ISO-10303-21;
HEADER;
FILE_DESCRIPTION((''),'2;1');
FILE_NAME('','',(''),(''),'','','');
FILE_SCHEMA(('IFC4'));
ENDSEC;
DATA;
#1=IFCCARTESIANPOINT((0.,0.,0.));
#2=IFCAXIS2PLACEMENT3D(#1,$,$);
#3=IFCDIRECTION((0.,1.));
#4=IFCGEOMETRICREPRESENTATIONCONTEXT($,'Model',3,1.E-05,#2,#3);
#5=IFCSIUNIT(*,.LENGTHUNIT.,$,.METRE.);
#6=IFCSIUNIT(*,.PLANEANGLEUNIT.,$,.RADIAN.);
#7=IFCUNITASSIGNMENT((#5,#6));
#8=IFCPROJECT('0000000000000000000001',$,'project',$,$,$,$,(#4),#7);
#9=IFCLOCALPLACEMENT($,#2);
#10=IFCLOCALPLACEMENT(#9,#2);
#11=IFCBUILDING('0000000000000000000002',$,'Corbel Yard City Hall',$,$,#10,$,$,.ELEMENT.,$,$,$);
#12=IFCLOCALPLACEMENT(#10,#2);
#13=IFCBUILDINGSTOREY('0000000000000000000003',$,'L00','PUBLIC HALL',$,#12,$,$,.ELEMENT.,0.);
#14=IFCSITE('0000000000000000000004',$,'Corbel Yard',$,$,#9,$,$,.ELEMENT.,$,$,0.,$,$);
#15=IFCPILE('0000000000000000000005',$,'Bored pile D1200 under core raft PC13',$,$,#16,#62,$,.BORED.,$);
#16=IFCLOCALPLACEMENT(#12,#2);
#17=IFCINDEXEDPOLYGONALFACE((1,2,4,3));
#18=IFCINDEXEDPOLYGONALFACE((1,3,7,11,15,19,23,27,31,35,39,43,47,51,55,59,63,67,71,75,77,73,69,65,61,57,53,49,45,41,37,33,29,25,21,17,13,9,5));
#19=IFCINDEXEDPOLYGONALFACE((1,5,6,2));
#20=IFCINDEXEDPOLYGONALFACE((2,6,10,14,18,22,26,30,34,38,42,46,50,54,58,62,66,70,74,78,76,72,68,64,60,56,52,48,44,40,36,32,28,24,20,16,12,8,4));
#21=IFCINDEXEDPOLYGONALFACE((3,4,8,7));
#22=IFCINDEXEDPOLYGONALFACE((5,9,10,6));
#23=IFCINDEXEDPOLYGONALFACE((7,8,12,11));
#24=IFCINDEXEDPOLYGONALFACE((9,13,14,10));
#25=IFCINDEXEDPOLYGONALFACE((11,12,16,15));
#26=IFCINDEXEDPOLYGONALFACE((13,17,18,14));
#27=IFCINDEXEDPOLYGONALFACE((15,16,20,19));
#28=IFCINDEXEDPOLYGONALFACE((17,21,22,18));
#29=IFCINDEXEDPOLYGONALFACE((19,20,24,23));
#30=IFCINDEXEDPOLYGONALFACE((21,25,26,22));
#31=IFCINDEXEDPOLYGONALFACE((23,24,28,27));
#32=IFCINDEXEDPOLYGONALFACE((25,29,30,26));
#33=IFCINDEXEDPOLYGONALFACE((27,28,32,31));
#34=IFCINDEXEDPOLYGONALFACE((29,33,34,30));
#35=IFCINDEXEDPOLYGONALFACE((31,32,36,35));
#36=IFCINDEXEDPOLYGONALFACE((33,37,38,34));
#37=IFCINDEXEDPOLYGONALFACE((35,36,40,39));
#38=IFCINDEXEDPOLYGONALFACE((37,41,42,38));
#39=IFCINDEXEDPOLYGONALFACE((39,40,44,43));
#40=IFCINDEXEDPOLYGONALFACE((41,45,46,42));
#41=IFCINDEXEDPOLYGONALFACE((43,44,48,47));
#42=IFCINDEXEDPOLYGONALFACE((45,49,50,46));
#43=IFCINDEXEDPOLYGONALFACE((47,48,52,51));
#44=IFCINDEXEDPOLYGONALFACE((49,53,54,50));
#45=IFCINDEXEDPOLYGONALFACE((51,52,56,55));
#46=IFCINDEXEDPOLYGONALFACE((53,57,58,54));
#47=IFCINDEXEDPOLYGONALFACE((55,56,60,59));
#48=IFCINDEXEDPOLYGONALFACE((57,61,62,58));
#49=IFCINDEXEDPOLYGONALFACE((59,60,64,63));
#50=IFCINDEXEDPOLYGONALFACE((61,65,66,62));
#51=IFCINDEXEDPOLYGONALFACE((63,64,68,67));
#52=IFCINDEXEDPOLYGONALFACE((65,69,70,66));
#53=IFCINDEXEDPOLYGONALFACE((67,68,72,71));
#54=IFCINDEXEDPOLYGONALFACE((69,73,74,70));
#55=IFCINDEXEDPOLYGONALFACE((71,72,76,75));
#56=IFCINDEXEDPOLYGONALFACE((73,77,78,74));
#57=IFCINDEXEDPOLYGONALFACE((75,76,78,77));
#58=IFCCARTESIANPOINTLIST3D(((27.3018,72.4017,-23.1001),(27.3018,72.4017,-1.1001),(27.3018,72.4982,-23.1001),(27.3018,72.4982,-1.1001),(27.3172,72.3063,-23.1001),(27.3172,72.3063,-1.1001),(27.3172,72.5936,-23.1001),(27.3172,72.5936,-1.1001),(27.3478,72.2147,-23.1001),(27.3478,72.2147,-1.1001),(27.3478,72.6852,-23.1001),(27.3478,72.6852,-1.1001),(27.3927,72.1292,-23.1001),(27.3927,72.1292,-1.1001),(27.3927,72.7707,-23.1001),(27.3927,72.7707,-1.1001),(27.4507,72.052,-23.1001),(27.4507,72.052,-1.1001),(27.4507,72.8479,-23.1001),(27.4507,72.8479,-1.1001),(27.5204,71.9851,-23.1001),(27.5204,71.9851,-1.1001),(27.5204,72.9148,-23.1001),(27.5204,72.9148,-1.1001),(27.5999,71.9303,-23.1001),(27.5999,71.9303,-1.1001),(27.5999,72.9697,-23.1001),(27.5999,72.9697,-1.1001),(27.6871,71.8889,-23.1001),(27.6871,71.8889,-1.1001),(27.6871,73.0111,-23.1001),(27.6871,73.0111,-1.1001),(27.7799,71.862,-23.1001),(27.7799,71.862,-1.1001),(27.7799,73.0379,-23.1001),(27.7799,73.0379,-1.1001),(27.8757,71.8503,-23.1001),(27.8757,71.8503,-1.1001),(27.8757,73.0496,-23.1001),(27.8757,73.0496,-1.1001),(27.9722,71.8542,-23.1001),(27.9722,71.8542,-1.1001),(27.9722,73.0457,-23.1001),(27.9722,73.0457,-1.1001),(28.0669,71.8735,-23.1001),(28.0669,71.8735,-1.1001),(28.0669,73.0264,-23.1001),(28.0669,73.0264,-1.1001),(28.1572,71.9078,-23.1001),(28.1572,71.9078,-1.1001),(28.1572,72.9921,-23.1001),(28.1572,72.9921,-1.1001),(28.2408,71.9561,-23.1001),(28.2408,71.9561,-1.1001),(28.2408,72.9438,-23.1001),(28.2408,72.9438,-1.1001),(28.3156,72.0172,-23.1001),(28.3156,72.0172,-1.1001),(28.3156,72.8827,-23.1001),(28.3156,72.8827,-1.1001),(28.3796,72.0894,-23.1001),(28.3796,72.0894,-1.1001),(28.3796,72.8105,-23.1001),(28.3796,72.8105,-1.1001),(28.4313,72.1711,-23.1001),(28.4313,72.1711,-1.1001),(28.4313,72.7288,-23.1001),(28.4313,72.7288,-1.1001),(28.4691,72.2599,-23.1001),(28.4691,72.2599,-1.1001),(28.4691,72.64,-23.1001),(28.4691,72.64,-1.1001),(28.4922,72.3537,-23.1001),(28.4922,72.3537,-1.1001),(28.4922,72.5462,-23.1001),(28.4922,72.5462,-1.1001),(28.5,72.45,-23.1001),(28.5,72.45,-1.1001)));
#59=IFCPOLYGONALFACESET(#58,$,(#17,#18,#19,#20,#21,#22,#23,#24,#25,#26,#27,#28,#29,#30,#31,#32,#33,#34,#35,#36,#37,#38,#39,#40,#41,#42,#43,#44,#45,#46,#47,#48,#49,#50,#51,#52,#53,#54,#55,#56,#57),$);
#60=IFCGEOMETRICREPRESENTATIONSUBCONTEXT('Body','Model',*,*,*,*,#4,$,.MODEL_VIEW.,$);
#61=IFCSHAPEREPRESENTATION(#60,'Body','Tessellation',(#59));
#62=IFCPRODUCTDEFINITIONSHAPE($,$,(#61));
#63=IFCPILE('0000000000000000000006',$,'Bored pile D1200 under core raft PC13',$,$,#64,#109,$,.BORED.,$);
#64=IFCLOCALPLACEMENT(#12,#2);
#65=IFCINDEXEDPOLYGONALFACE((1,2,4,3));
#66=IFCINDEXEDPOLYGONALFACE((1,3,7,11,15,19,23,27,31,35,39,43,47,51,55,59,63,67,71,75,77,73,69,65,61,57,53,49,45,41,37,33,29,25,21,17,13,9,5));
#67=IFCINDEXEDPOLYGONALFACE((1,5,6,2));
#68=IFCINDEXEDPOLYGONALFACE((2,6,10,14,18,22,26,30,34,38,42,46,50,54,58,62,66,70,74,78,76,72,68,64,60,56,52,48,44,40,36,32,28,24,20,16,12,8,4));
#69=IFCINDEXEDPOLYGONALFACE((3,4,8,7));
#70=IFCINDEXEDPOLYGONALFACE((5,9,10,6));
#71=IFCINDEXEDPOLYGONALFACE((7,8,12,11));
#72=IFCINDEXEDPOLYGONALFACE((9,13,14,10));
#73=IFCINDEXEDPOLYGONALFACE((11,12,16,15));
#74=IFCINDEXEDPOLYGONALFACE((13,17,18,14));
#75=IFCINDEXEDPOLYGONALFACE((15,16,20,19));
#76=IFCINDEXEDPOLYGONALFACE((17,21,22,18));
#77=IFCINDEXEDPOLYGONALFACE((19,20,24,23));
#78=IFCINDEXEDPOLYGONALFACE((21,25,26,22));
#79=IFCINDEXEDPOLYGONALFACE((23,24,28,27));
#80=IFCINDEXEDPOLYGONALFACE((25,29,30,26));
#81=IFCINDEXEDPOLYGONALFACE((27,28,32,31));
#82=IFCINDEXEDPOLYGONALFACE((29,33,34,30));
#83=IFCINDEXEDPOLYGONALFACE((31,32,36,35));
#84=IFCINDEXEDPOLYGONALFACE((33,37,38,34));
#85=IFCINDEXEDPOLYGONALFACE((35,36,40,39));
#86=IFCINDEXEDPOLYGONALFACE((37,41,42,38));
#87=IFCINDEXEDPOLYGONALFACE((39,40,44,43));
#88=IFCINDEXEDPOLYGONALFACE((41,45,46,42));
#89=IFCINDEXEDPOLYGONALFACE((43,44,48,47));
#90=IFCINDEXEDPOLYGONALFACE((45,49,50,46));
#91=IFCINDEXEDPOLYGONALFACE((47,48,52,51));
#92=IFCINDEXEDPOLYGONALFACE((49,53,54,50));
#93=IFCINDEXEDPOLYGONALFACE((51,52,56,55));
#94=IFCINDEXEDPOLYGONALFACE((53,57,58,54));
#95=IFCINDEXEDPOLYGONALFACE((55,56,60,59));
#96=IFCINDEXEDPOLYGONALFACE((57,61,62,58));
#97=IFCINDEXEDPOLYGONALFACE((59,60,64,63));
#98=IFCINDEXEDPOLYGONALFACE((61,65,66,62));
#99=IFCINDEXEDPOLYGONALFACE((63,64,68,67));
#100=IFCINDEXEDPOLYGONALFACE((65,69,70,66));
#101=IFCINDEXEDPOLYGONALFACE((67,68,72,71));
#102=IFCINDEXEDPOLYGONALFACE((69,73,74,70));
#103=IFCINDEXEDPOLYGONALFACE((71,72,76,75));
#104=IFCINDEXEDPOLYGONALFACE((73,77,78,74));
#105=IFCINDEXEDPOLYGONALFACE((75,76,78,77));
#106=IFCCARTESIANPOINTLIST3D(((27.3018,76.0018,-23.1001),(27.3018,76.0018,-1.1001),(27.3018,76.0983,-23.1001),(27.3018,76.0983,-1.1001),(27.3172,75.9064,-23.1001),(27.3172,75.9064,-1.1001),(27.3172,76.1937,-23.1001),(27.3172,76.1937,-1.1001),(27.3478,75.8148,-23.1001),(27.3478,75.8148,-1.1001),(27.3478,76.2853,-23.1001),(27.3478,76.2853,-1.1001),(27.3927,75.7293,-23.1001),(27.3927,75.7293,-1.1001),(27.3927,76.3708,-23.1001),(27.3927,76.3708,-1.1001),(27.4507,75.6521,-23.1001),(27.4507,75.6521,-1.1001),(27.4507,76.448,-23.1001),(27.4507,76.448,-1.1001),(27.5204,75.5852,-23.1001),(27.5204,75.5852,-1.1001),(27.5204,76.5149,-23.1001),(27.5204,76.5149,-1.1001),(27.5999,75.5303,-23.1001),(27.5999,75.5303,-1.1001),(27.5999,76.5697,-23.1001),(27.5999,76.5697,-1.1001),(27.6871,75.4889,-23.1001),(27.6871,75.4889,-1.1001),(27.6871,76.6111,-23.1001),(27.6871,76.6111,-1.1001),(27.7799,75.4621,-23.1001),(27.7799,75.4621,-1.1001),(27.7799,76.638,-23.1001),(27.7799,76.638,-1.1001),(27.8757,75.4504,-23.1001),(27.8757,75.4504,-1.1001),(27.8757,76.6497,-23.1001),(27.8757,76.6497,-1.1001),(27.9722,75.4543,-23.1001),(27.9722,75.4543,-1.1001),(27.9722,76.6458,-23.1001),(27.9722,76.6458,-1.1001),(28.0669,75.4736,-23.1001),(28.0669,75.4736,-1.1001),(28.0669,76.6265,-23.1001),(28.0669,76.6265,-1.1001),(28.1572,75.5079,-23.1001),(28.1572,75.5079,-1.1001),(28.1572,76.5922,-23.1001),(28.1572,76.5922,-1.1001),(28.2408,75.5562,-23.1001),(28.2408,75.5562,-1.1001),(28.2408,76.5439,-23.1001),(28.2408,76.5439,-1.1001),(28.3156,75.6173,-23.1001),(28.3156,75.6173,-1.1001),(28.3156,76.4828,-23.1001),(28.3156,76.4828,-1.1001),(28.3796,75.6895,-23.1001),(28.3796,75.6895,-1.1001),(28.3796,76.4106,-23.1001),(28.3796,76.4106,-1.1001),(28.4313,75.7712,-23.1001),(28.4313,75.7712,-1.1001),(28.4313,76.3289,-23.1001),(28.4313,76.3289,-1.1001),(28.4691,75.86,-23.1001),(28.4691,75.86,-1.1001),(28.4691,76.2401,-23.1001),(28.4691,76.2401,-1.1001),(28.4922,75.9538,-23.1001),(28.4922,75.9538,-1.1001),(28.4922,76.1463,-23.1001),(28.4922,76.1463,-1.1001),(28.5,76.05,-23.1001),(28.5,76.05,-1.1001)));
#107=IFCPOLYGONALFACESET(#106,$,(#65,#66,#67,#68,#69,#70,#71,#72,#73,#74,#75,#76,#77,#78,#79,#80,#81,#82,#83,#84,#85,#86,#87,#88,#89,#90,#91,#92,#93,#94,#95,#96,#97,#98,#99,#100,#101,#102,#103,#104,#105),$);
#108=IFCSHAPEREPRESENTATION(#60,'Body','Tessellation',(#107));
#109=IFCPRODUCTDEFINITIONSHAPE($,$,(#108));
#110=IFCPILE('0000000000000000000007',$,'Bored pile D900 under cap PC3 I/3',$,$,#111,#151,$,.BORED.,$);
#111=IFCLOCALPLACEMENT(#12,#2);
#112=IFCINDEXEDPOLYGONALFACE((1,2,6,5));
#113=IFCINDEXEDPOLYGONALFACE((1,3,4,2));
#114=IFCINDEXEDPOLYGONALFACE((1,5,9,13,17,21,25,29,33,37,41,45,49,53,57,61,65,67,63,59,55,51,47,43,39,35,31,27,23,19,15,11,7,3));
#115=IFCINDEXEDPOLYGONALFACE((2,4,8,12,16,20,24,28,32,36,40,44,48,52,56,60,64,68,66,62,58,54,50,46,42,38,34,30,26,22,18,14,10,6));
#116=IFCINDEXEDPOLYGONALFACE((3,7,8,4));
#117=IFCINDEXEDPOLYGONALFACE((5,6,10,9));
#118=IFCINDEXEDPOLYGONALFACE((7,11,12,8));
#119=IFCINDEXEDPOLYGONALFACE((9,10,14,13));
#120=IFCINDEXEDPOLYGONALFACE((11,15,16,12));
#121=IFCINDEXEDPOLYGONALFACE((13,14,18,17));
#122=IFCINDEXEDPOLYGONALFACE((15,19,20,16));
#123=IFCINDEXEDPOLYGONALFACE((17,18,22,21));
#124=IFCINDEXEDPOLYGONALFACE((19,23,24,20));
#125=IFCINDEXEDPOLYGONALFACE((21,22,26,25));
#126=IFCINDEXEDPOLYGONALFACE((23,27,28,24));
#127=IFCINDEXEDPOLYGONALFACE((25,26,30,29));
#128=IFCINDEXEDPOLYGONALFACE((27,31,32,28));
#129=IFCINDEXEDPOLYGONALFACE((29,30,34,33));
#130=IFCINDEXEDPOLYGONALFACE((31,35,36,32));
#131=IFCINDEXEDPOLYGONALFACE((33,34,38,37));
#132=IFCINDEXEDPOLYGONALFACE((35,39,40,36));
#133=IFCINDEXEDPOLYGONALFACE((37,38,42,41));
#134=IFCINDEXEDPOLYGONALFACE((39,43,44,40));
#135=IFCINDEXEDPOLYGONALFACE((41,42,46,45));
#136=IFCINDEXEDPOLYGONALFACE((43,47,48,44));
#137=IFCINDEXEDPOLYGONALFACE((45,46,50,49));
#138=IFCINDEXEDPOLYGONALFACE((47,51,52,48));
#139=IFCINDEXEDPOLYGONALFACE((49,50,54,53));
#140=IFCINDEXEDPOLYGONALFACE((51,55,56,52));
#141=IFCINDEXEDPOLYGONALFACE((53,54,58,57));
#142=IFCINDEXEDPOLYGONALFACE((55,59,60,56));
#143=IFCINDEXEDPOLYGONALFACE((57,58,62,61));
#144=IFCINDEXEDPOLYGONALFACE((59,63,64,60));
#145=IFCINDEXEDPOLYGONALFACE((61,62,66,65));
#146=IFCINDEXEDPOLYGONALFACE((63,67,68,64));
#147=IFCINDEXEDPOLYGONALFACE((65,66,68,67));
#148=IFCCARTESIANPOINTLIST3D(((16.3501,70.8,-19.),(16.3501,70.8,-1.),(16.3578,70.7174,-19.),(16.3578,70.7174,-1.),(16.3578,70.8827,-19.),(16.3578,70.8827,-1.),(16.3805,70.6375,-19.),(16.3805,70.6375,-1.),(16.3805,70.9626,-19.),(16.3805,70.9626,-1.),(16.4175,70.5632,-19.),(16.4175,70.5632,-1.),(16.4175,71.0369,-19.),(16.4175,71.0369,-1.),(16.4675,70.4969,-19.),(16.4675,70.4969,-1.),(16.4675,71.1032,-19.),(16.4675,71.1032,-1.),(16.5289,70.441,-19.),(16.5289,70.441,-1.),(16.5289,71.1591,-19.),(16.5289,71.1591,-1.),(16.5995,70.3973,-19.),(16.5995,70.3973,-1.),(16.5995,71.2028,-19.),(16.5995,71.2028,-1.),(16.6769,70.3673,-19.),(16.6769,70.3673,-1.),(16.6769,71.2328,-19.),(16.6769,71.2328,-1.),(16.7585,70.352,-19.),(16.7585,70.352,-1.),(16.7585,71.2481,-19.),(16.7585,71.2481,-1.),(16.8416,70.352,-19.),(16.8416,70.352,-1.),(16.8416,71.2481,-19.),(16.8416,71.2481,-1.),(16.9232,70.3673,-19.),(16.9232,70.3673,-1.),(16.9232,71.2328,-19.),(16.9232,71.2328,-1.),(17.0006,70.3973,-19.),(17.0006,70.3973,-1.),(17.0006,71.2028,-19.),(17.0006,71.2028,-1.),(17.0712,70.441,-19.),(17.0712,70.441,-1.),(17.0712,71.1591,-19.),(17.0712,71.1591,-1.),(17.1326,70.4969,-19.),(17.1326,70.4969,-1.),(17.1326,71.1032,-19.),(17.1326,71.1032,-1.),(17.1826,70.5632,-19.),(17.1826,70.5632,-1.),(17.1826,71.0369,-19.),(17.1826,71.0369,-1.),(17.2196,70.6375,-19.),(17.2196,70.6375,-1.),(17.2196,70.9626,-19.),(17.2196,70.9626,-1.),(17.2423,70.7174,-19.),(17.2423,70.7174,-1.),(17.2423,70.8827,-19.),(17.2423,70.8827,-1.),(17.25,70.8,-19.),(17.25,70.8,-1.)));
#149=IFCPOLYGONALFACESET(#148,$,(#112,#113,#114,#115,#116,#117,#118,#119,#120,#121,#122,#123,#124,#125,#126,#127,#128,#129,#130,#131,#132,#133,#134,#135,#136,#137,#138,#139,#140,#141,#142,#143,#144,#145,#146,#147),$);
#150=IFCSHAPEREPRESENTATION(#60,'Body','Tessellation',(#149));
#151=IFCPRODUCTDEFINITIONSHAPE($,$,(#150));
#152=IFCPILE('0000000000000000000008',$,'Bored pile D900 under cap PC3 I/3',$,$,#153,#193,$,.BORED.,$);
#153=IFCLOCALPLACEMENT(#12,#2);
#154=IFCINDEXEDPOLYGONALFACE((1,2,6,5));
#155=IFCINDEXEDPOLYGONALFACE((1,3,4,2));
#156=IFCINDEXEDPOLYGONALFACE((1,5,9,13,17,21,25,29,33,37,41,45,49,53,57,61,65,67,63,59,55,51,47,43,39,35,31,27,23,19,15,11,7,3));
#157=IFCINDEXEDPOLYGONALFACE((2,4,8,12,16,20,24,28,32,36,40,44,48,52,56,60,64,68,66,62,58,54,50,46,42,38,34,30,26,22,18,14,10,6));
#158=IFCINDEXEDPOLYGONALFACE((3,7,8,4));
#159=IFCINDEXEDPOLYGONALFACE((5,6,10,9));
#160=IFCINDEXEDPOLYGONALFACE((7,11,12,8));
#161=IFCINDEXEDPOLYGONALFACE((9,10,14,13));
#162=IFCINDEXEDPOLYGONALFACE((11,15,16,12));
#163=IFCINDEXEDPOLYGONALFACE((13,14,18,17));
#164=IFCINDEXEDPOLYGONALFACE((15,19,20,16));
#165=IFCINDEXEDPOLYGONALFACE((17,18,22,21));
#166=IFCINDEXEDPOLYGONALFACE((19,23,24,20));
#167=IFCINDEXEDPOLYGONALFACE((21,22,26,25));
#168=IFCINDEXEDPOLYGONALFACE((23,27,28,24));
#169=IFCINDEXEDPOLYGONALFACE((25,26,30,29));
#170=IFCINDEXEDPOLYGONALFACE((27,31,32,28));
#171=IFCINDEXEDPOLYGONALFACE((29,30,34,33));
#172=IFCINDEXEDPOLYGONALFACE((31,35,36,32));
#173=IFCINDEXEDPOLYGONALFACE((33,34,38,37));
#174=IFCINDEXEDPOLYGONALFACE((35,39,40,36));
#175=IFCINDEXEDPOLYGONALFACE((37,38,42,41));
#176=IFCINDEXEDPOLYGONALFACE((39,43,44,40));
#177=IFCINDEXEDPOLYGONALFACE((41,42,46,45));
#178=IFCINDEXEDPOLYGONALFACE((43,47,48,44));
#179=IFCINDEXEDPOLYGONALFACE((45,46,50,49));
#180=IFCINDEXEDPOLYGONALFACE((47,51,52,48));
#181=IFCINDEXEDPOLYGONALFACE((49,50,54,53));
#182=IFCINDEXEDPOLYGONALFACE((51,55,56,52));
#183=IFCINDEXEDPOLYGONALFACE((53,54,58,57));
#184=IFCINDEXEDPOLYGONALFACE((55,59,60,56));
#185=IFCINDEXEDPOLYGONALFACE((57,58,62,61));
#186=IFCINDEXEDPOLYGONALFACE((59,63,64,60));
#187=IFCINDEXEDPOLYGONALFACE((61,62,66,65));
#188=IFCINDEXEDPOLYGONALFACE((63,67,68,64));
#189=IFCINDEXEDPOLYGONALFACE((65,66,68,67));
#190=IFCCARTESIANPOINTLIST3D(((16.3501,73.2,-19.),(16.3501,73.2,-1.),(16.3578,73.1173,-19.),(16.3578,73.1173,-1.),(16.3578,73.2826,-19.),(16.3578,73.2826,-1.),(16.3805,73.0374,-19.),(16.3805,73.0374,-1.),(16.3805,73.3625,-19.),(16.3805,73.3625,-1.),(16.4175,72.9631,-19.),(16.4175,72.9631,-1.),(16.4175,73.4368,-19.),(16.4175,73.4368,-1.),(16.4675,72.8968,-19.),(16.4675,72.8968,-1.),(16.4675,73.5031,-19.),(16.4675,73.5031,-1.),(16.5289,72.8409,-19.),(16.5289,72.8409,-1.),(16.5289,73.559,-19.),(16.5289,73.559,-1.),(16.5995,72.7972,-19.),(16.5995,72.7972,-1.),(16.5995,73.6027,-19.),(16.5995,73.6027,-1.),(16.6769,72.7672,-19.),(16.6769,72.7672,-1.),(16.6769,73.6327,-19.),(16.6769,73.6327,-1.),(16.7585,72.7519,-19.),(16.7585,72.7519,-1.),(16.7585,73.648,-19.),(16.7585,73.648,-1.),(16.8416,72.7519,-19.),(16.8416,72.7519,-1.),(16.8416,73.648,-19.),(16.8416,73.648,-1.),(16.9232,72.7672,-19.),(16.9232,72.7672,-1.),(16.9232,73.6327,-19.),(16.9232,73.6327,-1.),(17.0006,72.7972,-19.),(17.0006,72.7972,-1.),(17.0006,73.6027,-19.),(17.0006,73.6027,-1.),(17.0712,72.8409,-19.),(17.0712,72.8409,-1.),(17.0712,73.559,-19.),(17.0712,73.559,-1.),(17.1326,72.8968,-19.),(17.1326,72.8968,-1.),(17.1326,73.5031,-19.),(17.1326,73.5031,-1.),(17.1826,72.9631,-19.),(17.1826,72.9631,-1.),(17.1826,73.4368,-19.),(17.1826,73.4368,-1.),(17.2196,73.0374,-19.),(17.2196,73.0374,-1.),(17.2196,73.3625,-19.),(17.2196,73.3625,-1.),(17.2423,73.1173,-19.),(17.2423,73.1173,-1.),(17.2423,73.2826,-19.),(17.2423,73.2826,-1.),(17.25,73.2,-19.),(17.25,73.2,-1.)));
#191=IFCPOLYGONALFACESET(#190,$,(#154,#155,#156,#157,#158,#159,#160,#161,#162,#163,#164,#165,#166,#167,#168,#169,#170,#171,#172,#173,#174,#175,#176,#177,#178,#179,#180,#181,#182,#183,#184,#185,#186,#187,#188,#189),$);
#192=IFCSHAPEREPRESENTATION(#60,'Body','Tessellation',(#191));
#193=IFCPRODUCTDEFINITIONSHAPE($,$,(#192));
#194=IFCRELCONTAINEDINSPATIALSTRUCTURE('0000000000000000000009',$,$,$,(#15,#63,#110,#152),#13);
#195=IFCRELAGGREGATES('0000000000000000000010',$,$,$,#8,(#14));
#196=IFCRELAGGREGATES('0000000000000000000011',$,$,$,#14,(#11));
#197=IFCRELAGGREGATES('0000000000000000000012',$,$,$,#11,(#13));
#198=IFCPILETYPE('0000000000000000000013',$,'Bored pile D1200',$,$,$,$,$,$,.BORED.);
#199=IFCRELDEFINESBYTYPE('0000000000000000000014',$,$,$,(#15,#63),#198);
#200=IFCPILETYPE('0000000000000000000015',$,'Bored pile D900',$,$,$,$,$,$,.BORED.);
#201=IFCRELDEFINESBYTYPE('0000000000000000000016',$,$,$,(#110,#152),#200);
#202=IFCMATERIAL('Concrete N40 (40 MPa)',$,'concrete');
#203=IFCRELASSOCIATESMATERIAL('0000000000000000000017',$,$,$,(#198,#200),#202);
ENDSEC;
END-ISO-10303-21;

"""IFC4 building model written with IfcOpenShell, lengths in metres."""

from ifc_helpers import new_model, si_unit, direction, frame, origin, origin_2d, place, context, subcontext, project, spatial, circle, extrude, material, material_profile, profile_set, type_object, element, save


model = new_model("IFC4")

# Units and contexts
model_context = context("Model", 3, precision=1e-05, world=origin(), true_north=direction((0.0, 1.0)))
body_context = subcontext(model_context, "Body", "Model", "MODEL_VIEW")
ifc_project = project(units=[si_unit("LENGTHUNIT", "METRE"), si_unit("PLANEANGLEUNIT", "RADIAN")], contexts=[model_context])

# Site, building, storey
site_placement = place(None, origin())
site = spatial("IfcSite", under=ifc_project, at=site_placement, Name="Corbel Yard", CompositionType="ELEMENT", RefElevation=0.0)
building_placement = place(site_placement, origin())
building = spatial("IfcBuilding", under=site, at=building_placement, Name="Corbel Yard City Hall", CompositionType="ELEMENT")
storey_placement = place(building_placement, origin())
storey = spatial("IfcBuildingStorey", under=building, at=storey_placement, Name="L00", Description="PUBLIC HALL", CompositionType="ELEMENT", Elevation=0.0)

# Piles
ifc_material_1 = material(Name="Concrete N40 (40 MPa)", Category="concrete")
ifc_material_profile_1 = material_profile(ifc_material_1, circle(Radius=0.6001, at=origin_2d()), Name="D1200")
ifc_profile_set_1 = profile_set([ifc_material_profile_1], Name="Concrete N40 (40 MPa)")
pile_type_1 = type_object("IfcPileType", Name="Bored pile D1200", PredefinedType="BORED", material=ifc_profile_set_1)
for number, where, z_axis, x_axis, name in (
    (1, (27.8999, 72.45, -1.1001), (0.0, 0.0, -1.0), (1.0, 0.0, 0.0), "Bored pile D1200 under core raft PC13"),
    (2, (27.8999, 76.05, -1.1001), (0.0, 0.0, -1.0), (1.0, 0.0, 0.0), "Bored pile D1200 under core raft PC13"),
):
    element("IfcPile", number, at=place(storey_placement, frame(where, z_axis=z_axis, x_axis=x_axis)), inside=storey, type_object=pile_type_1, Name=name, PredefinedType="BORED", context=body_context, shape_type="SweptSolid", body=[
        extrude(circle(Radius=0.6001, at=origin_2d()), origin(), (0.0, 0.0, 1.0), 22.0),
    ])
ifc_material_profile_2 = material_profile(ifc_material_1, circle(Radius=0.45, at=origin_2d()), Name="D900")
ifc_profile_set_2 = profile_set([ifc_material_profile_2], Name="Concrete N40 (40 MPa)")
pile_type_2 = type_object("IfcPileType", Name="Bored pile D900", PredefinedType="BORED", material=ifc_profile_set_2)
for number, where, z_axis, x_axis, name in (
    (3, (16.8, 70.8, -1.0), (0.0, 0.0, -1.0), (1.0, 0.0, 0.0), "Bored pile D900 under cap PC3 I/3"),
    (4, (16.8, 73.2, -1.0), (0.0, 0.0, -1.0), (1.0, 0.0, 0.0), "Bored pile D900 under cap PC3 I/3"),
):
    element("IfcPile", number, at=place(storey_placement, frame(where, z_axis=z_axis, x_axis=x_axis)), inside=storey, type_object=pile_type_2, Name=name, PredefinedType="BORED", context=body_context, shape_type="SweptSolid", body=[
        extrude(circle(Radius=0.45, at=origin_2d()), origin(), (0.0, 0.0, 1.0), 18.0),
    ])

save(model, "model.ifc")
